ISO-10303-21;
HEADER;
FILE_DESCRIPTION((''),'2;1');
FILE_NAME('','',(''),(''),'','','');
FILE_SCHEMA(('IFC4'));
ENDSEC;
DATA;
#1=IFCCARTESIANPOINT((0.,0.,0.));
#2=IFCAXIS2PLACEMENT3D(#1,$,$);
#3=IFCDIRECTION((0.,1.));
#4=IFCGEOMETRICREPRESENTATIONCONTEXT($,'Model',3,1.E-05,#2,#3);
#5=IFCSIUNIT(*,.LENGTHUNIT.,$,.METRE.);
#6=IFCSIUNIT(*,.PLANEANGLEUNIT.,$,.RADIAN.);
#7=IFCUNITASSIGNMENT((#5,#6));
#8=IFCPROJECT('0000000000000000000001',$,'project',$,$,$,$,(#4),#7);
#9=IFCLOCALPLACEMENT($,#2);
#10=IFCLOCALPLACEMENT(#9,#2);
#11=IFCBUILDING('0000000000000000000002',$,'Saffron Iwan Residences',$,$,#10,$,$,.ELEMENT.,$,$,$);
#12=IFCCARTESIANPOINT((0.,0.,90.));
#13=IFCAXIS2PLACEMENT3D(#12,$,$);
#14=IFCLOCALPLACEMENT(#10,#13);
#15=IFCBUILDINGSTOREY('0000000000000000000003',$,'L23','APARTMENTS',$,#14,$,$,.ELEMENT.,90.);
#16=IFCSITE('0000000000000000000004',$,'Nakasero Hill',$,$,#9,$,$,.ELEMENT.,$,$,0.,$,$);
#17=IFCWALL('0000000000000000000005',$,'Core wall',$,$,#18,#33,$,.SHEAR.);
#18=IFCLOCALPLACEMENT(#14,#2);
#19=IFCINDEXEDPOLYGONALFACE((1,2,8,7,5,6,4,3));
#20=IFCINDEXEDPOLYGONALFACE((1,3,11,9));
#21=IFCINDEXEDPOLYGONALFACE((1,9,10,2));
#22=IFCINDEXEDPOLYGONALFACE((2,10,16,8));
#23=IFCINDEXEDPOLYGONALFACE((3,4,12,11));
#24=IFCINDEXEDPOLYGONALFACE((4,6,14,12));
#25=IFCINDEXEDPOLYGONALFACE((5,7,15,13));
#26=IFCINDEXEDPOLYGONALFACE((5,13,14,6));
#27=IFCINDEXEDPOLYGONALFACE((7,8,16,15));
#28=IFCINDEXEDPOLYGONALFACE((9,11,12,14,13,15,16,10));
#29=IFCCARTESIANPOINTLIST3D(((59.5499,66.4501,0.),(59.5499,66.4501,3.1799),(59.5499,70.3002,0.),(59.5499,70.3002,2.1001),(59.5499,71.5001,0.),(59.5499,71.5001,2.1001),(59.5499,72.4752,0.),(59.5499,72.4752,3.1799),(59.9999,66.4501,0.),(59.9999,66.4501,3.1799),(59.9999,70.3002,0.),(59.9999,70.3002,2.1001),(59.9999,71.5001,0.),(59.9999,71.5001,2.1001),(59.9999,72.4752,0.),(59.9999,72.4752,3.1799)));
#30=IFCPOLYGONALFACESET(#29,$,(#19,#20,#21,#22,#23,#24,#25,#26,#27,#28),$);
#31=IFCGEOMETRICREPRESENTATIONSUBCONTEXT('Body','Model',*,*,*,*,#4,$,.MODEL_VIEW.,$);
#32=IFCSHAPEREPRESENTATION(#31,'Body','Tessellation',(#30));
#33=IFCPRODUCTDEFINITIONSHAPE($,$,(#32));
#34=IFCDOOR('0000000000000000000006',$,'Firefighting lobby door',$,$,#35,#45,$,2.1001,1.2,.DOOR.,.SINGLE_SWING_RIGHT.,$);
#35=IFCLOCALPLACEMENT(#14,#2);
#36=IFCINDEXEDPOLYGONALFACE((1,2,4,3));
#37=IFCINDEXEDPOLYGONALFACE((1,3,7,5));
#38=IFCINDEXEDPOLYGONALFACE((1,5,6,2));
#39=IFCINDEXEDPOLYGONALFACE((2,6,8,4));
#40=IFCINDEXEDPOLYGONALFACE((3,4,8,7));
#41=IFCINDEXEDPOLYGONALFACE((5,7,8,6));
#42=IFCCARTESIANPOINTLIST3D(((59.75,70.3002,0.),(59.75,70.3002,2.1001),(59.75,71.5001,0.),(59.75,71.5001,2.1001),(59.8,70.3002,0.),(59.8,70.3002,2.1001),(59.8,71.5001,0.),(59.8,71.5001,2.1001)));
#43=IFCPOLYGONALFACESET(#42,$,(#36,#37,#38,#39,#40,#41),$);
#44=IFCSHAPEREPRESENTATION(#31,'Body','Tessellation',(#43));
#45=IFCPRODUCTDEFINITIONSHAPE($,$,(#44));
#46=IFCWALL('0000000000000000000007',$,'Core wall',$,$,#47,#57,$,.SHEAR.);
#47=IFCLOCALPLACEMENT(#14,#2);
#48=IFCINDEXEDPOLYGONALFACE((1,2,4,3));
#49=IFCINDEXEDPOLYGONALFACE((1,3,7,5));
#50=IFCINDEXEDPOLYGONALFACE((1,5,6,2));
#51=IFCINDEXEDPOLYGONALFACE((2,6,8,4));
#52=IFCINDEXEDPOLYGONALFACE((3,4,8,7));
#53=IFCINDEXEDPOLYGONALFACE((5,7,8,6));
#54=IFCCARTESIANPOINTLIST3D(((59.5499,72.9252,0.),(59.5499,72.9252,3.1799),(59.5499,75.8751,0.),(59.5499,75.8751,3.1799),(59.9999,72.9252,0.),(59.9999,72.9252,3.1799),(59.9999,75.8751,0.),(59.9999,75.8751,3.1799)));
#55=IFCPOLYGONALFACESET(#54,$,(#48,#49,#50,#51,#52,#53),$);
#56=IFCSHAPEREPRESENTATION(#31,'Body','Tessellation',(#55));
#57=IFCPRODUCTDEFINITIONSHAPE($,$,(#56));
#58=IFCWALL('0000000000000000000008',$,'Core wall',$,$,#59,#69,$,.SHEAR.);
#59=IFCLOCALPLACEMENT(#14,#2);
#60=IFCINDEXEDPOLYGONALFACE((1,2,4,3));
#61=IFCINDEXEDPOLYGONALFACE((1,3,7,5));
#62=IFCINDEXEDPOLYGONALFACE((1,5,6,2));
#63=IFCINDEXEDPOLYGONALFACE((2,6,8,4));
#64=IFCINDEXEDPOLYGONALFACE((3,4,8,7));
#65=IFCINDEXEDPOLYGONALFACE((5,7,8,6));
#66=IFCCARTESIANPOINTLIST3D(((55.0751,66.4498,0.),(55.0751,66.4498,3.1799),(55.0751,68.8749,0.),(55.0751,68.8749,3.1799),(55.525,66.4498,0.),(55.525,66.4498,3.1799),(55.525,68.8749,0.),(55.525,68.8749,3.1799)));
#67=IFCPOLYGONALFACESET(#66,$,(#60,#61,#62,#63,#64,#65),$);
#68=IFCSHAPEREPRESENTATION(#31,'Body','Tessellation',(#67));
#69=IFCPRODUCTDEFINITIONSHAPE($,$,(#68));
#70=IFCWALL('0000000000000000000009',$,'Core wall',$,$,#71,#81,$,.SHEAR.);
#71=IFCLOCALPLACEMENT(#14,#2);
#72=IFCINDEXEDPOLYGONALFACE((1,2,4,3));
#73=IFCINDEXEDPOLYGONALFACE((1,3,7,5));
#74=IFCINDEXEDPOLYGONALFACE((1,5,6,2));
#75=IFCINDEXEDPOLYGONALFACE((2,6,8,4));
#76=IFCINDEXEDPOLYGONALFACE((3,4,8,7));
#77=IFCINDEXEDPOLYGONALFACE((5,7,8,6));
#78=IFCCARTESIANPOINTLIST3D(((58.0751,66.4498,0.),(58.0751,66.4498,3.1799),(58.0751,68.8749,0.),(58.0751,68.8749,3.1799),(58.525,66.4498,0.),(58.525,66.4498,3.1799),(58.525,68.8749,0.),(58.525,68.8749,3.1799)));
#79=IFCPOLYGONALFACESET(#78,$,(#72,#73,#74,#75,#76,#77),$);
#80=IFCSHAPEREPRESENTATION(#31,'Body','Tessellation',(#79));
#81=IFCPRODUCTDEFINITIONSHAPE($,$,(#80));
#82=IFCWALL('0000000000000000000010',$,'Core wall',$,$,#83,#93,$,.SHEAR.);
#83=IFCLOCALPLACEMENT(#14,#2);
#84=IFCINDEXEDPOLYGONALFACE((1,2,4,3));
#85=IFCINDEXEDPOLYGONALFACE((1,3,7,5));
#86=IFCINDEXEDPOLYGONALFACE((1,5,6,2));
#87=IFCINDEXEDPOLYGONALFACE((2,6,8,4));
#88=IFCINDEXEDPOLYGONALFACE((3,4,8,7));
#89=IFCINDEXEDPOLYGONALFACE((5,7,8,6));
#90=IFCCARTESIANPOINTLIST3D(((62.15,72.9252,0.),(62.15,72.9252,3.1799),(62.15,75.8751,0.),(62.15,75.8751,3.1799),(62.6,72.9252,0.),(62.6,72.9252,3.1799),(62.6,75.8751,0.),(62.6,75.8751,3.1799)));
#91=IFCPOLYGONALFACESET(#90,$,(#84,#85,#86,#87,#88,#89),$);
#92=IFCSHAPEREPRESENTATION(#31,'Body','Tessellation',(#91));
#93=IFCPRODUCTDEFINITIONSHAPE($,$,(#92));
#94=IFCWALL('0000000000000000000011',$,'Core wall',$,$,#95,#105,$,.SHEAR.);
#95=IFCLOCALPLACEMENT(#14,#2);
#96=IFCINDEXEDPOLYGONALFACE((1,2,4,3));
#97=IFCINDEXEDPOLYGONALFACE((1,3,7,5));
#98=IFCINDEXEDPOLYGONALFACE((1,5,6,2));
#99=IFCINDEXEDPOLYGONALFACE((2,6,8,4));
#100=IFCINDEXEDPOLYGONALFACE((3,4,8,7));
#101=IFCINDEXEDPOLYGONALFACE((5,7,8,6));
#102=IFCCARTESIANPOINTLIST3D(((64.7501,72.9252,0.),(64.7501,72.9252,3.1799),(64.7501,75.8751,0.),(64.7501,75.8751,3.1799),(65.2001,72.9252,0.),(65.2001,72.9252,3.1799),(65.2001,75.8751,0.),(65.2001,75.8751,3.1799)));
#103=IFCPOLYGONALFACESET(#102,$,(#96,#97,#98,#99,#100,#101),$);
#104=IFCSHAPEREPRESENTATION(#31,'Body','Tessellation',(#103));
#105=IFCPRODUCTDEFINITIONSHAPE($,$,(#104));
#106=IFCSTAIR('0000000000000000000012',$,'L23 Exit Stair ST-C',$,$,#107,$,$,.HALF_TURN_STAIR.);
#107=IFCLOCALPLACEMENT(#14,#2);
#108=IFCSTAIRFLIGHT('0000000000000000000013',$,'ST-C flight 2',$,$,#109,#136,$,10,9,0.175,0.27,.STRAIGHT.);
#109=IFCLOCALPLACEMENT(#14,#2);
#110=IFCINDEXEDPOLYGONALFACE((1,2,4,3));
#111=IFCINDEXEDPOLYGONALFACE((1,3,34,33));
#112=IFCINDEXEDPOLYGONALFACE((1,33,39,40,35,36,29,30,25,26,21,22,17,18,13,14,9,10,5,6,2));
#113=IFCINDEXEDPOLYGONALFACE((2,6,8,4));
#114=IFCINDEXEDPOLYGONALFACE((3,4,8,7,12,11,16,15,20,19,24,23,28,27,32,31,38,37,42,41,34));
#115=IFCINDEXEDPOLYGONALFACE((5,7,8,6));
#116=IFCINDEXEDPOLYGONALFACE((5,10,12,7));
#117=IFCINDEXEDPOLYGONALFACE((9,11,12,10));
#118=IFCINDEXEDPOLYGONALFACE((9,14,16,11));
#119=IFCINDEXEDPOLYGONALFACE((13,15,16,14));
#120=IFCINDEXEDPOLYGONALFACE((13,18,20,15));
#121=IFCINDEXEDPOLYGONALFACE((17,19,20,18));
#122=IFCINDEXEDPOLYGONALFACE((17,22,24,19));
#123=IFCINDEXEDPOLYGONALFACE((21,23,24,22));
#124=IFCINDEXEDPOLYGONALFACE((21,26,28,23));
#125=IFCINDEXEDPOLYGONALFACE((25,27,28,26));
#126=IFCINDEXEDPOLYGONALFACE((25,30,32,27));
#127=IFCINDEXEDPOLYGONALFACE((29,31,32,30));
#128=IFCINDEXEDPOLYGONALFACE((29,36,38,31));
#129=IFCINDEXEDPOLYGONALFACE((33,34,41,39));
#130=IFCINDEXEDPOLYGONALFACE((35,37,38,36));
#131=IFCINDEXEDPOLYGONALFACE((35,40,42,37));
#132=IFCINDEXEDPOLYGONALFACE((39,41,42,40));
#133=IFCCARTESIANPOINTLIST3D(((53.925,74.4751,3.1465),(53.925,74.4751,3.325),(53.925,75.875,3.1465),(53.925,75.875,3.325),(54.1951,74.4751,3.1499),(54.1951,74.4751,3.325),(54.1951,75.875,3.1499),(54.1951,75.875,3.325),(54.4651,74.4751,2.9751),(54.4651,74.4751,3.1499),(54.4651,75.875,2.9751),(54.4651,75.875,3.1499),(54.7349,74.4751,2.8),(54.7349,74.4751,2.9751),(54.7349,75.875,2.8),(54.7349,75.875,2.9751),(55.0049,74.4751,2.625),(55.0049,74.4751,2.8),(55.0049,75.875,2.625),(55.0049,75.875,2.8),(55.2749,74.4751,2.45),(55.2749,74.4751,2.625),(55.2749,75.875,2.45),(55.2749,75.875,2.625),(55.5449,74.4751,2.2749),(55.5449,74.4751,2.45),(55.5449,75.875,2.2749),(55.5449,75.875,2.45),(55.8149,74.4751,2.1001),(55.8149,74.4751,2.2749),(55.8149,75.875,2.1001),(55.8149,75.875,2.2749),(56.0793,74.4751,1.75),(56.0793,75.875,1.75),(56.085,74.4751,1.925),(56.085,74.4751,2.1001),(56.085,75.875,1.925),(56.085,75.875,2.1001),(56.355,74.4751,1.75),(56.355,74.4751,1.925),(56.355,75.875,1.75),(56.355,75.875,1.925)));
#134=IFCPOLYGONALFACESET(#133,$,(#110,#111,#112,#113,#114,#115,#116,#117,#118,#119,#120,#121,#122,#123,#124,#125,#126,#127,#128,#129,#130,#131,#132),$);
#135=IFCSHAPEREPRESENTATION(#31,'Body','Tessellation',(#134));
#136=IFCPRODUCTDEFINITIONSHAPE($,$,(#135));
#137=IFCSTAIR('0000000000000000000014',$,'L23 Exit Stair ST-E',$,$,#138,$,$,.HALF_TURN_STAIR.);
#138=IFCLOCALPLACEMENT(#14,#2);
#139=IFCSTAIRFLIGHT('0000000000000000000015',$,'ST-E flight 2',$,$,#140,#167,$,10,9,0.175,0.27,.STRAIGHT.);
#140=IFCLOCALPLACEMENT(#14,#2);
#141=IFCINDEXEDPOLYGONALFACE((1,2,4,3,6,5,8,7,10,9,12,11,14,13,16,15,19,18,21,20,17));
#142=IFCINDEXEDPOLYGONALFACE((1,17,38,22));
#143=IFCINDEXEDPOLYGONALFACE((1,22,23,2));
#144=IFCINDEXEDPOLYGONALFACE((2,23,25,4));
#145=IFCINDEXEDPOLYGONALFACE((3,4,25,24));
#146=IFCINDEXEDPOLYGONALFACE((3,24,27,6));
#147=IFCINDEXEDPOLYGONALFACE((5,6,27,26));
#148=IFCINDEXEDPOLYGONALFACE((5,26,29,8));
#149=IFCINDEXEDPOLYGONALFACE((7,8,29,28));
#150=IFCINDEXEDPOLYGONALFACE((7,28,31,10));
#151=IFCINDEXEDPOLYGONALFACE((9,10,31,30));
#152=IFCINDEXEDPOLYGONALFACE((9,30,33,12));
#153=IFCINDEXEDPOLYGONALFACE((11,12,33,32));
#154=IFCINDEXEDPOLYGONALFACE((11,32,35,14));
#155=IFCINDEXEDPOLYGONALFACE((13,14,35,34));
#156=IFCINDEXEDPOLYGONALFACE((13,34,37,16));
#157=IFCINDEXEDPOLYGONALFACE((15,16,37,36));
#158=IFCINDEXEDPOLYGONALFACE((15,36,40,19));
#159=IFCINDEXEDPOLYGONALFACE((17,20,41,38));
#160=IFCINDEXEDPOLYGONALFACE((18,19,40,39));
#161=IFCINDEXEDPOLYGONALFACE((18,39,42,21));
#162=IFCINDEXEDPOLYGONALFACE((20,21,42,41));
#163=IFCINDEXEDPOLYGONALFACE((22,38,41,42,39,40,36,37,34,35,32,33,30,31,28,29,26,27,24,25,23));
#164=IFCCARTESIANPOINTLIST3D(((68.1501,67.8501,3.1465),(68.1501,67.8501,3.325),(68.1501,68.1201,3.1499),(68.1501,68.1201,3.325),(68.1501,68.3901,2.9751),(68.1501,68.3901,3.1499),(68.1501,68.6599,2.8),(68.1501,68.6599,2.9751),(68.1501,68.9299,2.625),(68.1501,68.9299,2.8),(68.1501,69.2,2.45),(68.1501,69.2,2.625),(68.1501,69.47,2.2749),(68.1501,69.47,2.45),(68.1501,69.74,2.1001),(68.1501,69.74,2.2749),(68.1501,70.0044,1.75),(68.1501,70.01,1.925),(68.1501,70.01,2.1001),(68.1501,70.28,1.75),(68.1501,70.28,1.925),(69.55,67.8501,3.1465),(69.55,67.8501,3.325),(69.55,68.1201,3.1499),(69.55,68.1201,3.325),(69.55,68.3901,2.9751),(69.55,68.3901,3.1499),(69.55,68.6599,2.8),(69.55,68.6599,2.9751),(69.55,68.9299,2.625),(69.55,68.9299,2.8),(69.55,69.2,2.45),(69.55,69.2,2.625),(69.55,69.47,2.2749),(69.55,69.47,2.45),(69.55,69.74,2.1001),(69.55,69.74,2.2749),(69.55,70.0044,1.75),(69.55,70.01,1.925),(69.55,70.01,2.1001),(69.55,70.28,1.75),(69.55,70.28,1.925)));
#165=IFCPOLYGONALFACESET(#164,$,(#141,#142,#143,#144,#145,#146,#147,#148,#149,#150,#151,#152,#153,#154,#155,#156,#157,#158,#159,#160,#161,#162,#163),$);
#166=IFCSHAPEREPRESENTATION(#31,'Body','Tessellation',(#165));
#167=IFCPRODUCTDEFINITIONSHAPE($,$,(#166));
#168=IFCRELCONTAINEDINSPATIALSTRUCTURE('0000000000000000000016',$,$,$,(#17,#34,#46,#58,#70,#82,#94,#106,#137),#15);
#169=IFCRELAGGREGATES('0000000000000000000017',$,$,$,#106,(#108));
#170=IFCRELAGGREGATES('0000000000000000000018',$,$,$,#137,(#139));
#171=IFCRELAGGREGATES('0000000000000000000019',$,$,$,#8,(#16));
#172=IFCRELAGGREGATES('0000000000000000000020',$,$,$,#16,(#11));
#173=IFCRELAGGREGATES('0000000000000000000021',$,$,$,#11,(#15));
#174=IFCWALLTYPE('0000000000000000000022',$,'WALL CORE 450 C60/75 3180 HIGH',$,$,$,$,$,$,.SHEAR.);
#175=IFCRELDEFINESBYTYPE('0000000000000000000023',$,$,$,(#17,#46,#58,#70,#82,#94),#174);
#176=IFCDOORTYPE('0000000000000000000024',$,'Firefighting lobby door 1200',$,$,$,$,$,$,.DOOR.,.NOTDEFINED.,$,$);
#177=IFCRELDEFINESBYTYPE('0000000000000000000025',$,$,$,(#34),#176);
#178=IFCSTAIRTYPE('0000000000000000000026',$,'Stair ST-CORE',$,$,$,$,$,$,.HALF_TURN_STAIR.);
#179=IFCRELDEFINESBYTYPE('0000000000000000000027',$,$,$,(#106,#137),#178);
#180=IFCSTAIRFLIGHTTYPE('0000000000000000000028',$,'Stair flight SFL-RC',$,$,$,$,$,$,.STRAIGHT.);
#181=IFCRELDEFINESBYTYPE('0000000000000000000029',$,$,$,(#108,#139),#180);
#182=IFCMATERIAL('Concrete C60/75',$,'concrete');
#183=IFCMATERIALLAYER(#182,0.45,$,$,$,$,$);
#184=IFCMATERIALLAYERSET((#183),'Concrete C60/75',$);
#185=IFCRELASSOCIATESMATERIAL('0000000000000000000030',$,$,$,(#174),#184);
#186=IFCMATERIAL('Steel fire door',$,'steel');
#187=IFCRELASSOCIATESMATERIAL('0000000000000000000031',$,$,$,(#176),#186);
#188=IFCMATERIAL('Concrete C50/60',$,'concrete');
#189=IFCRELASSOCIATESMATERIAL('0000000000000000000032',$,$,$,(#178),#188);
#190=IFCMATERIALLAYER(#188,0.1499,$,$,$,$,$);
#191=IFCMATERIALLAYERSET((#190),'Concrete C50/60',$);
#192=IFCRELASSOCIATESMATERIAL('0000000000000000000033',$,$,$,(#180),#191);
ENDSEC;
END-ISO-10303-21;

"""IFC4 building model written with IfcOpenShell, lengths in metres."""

from ifc_helpers import new_model, si_unit, direction, frame, frame_2d, origin, place, context, subcontext, project, spatial, polyline, rectangle, outline, extrude, material, layer, layer_set, type_object, element, fill, aggregate, save


model = new_model("IFC4")

# Units and contexts
model_context = context("Model", 3, precision=1e-05, world=origin(), true_north=direction((0.0, 1.0)))
body_context = subcontext(model_context, "Body", "Model", "MODEL_VIEW")
ifc_project = project(units=[si_unit("LENGTHUNIT", "METRE"), si_unit("PLANEANGLEUNIT", "RADIAN")], contexts=[model_context])

# Site, building, storey
site_placement = place(None, origin())
site = spatial("IfcSite", under=ifc_project, at=site_placement, Name="Nakasero Hill", CompositionType="ELEMENT", RefElevation=0.0)
building_placement = place(site_placement, origin())
building = spatial("IfcBuilding", under=site, at=building_placement, Name="Saffron Iwan Residences", CompositionType="ELEMENT")
storey_placement = place(building_placement, frame((0.0, 0.0, 90.0)))
storey = spatial("IfcBuildingStorey", under=building, at=storey_placement, Name="L23", Description="APARTMENTS", CompositionType="ELEMENT", Elevation=90.0)

# Shared definitions
ifc_material_1 = material(Name="Concrete C60/75", Category="concrete")

# Shared definitions
ifc_layer_1 = layer(ifc_material_1, 0.45)
ifc_layer_set_1 = layer_set([ifc_layer_1], Name="Concrete C60/75")
wall_type_1 = type_object("IfcWallType", Name="WALL CORE 450 C60/75 3180 HIGH", PredefinedType="SHEAR", material=ifc_layer_set_1)

# Wall, opening, door
ifc_material_2 = material(Name="Steel fire door", Category="steel")
wall_1_placement = place(storey_placement, frame((59.7749, 66.45, 0.0), z_axis=(0.0, 0.0, 1.0), x_axis=(0.0, 1.0, 0.0)))
wall_1 = element("IfcWall", 1, at=wall_1_placement, inside=storey, type_object=wall_type_1, Name="Core wall", PredefinedType="SHEAR", context=body_context, shape_type="SweptSolid", body=[
    extrude(rectangle(XDim=6.0251, YDim=0.45, at=frame_2d((3.0127, 0.0))), origin(), (0.0, 0.0, 1.0), 3.1799),
])
opening_1_placement = place(wall_1_placement, frame((3.8501, 0.0, 0.0)))
opening_1 = element("IfcOpeningElement", 2, at=opening_1_placement, cuts=wall_1, PredefinedType="OPENING", context=body_context, shape_type="SweptSolid", body=[
    extrude(rectangle(XDim=1.2, YDim=2.1001, at=frame_2d((0.6001, 1.05))), frame((0.0, 0.2349, 0.0), z_axis=(0.0, -1.0, 0.0), x_axis=(1.0, 0.0, 0.0)), (0.0, 0.0, 1.0), 0.47),
])
door_type_1 = type_object("IfcDoorType", Name="Firefighting lobby door 1200", OperationType="NOTDEFINED", PredefinedType="DOOR", material=ifc_material_2)
door_1_placement = place(opening_1_placement, origin())
door_1 = element("IfcDoor", 3, at=door_1_placement, inside=storey, type_object=door_type_1, Name="Firefighting lobby door", OperationType="SINGLE_SWING_RIGHT", OverallHeight=2.1001, OverallWidth=1.2, PredefinedType="DOOR", context=body_context, shape_type="SweptSolid", body=[
    extrude(rectangle(XDim=1.2, YDim=2.1001, at=frame_2d((0.6001, 1.05))), frame((0.0, 0.0249, 0.0), z_axis=(0.0, -1.0, 0.0), x_axis=(1.0, 0.0, 0.0)), (0.0, 0.0, 1.0), 0.05),
])
fill(opening_1, door_1)

# Walls
wall_2_placement = place(storey_placement, frame((59.7749, 72.925, 0.0), z_axis=(0.0, 0.0, 1.0), x_axis=(0.0, 1.0, 0.0)))
element("IfcWall", 4, at=wall_2_placement, inside=storey, type_object=wall_type_1, Name="Core wall", PredefinedType="SHEAR", context=body_context, shape_type="SweptSolid", body=[
    extrude(rectangle(XDim=2.95, YDim=0.45, at=frame_2d((1.4751, 0.0))), origin(), (0.0, 0.0, 1.0), 3.1799),
])
for number, where, z_axis, x_axis, name in (
    (5, (55.3, 66.45, 0.0), (0.0, 0.0, 1.0), (0.0, 1.0, 0.0), "Core wall"),
    (6, (58.3, 66.45, 0.0), (0.0, 0.0, 1.0), (0.0, 1.0, 0.0), "Core wall"),
):
    element("IfcWall", number, at=place(storey_placement, frame(where, z_axis=z_axis, x_axis=x_axis)), inside=storey, type_object=wall_type_1, Name=name, PredefinedType="SHEAR", context=body_context, shape_type="SweptSolid", body=[
        extrude(rectangle(XDim=2.425, YDim=0.45, at=frame_2d((1.2124, 0.0))), origin(), (0.0, 0.0, 1.0), 3.1799),
    ])
for number, where, z_axis, x_axis, name in (
    (7, (62.375, 72.925, 0.0), (0.0, 0.0, 1.0), (0.0, 1.0, 0.0), "Core wall"),
    (8, (64.9751, 72.925, 0.0), (0.0, 0.0, 1.0), (0.0, 1.0, 0.0), "Core wall"),
):
    element("IfcWall", number, at=place(storey_placement, frame(where, z_axis=z_axis, x_axis=x_axis)), inside=storey, type_object=wall_type_1, Name=name, PredefinedType="SHEAR", context=body_context, shape_type="SweptSolid", body=[
        extrude(rectangle(XDim=2.95, YDim=0.45, at=frame_2d((1.4751, 0.0))), origin(), (0.0, 0.0, 1.0), 3.1799),
    ])

# Stairs, stair flights
ifc_material_3 = material(Name="Concrete C50/60", Category="concrete")
stair_type = type_object("IfcStairType", Name="Stair ST-CORE", PredefinedType="HALF_TURN_STAIR", material=ifc_material_3)
stair_1_placement = place(storey_placement, origin())
stair_1 = element("IfcStair", 9, at=stair_1_placement, inside=storey, type_object=stair_type, Name="L23 Exit Stair ST-C", PredefinedType="HALF_TURN_STAIR")
ifc_layer_2 = layer(ifc_material_3, 0.1499)
ifc_layer_set_2 = layer_set([ifc_layer_2], Name="Concrete C50/60")
stair_flight_type = type_object("IfcStairFlightType", Name="Stair flight SFL-RC", PredefinedType="STRAIGHT", material=ifc_layer_set_2)
stair_flight_1_placement = place(storey_placement, frame((56.355, 75.175, 1.75), z_axis=(0.0, 0.0, 1.0), x_axis=(-1.0, 0.0, 0.0)))
stair_flight_1 = element("IfcStairFlight", 10, at=stair_flight_1_placement, type_object=stair_flight_type, Name="ST-C flight 2", NumberOfRisers=10, NumberOfTreads=9, PredefinedType="STRAIGHT", RiserHeight=0.175, TreadLength=0.27, context=body_context, shape_type="SweptSolid", body=[
    extrude(outline(polyline([(0.0, 0.0), (0.0, 0.175), (0.27, 0.175), (0.27, 0.3501), (0.54, 0.3501), (0.54, 0.5249), (0.8101, 0.5249), (0.8101, 0.7), (1.0801, 0.7), (1.0801, 0.875), (1.3501, 0.875), (1.3501, 1.05), (1.6201, 1.05), (1.6201, 1.2251), (1.8899, 1.2251), (1.8899, 1.3999), (2.1599, 1.3999), (2.1599, 1.575), (2.4299, 1.575), (2.4299, 1.75), (2.4299, 1.3965), (0.2756, 0.0), (0.0, 0.0)])), frame((0.0, 0.7, 0.0), z_axis=(0.0, -1.0, 0.0), x_axis=(1.0, 0.0, 0.0)), (0.0, 0.0, 1.0), 1.3999),
])
aggregate(stair_1, [stair_flight_1])
stair_2_placement = place(storey_placement, origin())
stair_2 = element("IfcStair", 11, at=stair_2_placement, inside=storey, type_object=stair_type, Name="L23 Exit Stair ST-E", PredefinedType="HALF_TURN_STAIR")
stair_flight_2_placement = place(storey_placement, frame((68.8501, 70.28, 1.75), z_axis=(0.0, 0.0, 1.0), x_axis=(0.0, -1.0, 0.0)))
stair_flight_2 = element("IfcStairFlight", 12, at=stair_flight_2_placement, type_object=stair_flight_type, Name="ST-E flight 2", NumberOfRisers=10, NumberOfTreads=9, PredefinedType="STRAIGHT", RiserHeight=0.175, TreadLength=0.27, context=body_context, shape_type="SweptSolid", body=[
    extrude(outline(polyline([(0.0, 0.0), (0.0, 0.175), (0.27, 0.175), (0.27, 0.3501), (0.54, 0.3501), (0.54, 0.5249), (0.8101, 0.5249), (0.8101, 0.7), (1.0801, 0.7), (1.0801, 0.875), (1.3501, 0.875), (1.3501, 1.05), (1.6201, 1.05), (1.6201, 1.2251), (1.8899, 1.2251), (1.8899, 1.3999), (2.1599, 1.3999), (2.1599, 1.575), (2.4299, 1.575), (2.4299, 1.75), (2.4299, 1.3965), (0.2756, 0.0), (0.0, 0.0)])), frame((0.0, 0.7, 0.0), z_axis=(0.0, -1.0, 0.0), x_axis=(1.0, 0.0, 0.0)), (0.0, 0.0, 1.0), 1.3999),
])
aggregate(stair_2, [stair_flight_2])

save(model, "model.ifc")
